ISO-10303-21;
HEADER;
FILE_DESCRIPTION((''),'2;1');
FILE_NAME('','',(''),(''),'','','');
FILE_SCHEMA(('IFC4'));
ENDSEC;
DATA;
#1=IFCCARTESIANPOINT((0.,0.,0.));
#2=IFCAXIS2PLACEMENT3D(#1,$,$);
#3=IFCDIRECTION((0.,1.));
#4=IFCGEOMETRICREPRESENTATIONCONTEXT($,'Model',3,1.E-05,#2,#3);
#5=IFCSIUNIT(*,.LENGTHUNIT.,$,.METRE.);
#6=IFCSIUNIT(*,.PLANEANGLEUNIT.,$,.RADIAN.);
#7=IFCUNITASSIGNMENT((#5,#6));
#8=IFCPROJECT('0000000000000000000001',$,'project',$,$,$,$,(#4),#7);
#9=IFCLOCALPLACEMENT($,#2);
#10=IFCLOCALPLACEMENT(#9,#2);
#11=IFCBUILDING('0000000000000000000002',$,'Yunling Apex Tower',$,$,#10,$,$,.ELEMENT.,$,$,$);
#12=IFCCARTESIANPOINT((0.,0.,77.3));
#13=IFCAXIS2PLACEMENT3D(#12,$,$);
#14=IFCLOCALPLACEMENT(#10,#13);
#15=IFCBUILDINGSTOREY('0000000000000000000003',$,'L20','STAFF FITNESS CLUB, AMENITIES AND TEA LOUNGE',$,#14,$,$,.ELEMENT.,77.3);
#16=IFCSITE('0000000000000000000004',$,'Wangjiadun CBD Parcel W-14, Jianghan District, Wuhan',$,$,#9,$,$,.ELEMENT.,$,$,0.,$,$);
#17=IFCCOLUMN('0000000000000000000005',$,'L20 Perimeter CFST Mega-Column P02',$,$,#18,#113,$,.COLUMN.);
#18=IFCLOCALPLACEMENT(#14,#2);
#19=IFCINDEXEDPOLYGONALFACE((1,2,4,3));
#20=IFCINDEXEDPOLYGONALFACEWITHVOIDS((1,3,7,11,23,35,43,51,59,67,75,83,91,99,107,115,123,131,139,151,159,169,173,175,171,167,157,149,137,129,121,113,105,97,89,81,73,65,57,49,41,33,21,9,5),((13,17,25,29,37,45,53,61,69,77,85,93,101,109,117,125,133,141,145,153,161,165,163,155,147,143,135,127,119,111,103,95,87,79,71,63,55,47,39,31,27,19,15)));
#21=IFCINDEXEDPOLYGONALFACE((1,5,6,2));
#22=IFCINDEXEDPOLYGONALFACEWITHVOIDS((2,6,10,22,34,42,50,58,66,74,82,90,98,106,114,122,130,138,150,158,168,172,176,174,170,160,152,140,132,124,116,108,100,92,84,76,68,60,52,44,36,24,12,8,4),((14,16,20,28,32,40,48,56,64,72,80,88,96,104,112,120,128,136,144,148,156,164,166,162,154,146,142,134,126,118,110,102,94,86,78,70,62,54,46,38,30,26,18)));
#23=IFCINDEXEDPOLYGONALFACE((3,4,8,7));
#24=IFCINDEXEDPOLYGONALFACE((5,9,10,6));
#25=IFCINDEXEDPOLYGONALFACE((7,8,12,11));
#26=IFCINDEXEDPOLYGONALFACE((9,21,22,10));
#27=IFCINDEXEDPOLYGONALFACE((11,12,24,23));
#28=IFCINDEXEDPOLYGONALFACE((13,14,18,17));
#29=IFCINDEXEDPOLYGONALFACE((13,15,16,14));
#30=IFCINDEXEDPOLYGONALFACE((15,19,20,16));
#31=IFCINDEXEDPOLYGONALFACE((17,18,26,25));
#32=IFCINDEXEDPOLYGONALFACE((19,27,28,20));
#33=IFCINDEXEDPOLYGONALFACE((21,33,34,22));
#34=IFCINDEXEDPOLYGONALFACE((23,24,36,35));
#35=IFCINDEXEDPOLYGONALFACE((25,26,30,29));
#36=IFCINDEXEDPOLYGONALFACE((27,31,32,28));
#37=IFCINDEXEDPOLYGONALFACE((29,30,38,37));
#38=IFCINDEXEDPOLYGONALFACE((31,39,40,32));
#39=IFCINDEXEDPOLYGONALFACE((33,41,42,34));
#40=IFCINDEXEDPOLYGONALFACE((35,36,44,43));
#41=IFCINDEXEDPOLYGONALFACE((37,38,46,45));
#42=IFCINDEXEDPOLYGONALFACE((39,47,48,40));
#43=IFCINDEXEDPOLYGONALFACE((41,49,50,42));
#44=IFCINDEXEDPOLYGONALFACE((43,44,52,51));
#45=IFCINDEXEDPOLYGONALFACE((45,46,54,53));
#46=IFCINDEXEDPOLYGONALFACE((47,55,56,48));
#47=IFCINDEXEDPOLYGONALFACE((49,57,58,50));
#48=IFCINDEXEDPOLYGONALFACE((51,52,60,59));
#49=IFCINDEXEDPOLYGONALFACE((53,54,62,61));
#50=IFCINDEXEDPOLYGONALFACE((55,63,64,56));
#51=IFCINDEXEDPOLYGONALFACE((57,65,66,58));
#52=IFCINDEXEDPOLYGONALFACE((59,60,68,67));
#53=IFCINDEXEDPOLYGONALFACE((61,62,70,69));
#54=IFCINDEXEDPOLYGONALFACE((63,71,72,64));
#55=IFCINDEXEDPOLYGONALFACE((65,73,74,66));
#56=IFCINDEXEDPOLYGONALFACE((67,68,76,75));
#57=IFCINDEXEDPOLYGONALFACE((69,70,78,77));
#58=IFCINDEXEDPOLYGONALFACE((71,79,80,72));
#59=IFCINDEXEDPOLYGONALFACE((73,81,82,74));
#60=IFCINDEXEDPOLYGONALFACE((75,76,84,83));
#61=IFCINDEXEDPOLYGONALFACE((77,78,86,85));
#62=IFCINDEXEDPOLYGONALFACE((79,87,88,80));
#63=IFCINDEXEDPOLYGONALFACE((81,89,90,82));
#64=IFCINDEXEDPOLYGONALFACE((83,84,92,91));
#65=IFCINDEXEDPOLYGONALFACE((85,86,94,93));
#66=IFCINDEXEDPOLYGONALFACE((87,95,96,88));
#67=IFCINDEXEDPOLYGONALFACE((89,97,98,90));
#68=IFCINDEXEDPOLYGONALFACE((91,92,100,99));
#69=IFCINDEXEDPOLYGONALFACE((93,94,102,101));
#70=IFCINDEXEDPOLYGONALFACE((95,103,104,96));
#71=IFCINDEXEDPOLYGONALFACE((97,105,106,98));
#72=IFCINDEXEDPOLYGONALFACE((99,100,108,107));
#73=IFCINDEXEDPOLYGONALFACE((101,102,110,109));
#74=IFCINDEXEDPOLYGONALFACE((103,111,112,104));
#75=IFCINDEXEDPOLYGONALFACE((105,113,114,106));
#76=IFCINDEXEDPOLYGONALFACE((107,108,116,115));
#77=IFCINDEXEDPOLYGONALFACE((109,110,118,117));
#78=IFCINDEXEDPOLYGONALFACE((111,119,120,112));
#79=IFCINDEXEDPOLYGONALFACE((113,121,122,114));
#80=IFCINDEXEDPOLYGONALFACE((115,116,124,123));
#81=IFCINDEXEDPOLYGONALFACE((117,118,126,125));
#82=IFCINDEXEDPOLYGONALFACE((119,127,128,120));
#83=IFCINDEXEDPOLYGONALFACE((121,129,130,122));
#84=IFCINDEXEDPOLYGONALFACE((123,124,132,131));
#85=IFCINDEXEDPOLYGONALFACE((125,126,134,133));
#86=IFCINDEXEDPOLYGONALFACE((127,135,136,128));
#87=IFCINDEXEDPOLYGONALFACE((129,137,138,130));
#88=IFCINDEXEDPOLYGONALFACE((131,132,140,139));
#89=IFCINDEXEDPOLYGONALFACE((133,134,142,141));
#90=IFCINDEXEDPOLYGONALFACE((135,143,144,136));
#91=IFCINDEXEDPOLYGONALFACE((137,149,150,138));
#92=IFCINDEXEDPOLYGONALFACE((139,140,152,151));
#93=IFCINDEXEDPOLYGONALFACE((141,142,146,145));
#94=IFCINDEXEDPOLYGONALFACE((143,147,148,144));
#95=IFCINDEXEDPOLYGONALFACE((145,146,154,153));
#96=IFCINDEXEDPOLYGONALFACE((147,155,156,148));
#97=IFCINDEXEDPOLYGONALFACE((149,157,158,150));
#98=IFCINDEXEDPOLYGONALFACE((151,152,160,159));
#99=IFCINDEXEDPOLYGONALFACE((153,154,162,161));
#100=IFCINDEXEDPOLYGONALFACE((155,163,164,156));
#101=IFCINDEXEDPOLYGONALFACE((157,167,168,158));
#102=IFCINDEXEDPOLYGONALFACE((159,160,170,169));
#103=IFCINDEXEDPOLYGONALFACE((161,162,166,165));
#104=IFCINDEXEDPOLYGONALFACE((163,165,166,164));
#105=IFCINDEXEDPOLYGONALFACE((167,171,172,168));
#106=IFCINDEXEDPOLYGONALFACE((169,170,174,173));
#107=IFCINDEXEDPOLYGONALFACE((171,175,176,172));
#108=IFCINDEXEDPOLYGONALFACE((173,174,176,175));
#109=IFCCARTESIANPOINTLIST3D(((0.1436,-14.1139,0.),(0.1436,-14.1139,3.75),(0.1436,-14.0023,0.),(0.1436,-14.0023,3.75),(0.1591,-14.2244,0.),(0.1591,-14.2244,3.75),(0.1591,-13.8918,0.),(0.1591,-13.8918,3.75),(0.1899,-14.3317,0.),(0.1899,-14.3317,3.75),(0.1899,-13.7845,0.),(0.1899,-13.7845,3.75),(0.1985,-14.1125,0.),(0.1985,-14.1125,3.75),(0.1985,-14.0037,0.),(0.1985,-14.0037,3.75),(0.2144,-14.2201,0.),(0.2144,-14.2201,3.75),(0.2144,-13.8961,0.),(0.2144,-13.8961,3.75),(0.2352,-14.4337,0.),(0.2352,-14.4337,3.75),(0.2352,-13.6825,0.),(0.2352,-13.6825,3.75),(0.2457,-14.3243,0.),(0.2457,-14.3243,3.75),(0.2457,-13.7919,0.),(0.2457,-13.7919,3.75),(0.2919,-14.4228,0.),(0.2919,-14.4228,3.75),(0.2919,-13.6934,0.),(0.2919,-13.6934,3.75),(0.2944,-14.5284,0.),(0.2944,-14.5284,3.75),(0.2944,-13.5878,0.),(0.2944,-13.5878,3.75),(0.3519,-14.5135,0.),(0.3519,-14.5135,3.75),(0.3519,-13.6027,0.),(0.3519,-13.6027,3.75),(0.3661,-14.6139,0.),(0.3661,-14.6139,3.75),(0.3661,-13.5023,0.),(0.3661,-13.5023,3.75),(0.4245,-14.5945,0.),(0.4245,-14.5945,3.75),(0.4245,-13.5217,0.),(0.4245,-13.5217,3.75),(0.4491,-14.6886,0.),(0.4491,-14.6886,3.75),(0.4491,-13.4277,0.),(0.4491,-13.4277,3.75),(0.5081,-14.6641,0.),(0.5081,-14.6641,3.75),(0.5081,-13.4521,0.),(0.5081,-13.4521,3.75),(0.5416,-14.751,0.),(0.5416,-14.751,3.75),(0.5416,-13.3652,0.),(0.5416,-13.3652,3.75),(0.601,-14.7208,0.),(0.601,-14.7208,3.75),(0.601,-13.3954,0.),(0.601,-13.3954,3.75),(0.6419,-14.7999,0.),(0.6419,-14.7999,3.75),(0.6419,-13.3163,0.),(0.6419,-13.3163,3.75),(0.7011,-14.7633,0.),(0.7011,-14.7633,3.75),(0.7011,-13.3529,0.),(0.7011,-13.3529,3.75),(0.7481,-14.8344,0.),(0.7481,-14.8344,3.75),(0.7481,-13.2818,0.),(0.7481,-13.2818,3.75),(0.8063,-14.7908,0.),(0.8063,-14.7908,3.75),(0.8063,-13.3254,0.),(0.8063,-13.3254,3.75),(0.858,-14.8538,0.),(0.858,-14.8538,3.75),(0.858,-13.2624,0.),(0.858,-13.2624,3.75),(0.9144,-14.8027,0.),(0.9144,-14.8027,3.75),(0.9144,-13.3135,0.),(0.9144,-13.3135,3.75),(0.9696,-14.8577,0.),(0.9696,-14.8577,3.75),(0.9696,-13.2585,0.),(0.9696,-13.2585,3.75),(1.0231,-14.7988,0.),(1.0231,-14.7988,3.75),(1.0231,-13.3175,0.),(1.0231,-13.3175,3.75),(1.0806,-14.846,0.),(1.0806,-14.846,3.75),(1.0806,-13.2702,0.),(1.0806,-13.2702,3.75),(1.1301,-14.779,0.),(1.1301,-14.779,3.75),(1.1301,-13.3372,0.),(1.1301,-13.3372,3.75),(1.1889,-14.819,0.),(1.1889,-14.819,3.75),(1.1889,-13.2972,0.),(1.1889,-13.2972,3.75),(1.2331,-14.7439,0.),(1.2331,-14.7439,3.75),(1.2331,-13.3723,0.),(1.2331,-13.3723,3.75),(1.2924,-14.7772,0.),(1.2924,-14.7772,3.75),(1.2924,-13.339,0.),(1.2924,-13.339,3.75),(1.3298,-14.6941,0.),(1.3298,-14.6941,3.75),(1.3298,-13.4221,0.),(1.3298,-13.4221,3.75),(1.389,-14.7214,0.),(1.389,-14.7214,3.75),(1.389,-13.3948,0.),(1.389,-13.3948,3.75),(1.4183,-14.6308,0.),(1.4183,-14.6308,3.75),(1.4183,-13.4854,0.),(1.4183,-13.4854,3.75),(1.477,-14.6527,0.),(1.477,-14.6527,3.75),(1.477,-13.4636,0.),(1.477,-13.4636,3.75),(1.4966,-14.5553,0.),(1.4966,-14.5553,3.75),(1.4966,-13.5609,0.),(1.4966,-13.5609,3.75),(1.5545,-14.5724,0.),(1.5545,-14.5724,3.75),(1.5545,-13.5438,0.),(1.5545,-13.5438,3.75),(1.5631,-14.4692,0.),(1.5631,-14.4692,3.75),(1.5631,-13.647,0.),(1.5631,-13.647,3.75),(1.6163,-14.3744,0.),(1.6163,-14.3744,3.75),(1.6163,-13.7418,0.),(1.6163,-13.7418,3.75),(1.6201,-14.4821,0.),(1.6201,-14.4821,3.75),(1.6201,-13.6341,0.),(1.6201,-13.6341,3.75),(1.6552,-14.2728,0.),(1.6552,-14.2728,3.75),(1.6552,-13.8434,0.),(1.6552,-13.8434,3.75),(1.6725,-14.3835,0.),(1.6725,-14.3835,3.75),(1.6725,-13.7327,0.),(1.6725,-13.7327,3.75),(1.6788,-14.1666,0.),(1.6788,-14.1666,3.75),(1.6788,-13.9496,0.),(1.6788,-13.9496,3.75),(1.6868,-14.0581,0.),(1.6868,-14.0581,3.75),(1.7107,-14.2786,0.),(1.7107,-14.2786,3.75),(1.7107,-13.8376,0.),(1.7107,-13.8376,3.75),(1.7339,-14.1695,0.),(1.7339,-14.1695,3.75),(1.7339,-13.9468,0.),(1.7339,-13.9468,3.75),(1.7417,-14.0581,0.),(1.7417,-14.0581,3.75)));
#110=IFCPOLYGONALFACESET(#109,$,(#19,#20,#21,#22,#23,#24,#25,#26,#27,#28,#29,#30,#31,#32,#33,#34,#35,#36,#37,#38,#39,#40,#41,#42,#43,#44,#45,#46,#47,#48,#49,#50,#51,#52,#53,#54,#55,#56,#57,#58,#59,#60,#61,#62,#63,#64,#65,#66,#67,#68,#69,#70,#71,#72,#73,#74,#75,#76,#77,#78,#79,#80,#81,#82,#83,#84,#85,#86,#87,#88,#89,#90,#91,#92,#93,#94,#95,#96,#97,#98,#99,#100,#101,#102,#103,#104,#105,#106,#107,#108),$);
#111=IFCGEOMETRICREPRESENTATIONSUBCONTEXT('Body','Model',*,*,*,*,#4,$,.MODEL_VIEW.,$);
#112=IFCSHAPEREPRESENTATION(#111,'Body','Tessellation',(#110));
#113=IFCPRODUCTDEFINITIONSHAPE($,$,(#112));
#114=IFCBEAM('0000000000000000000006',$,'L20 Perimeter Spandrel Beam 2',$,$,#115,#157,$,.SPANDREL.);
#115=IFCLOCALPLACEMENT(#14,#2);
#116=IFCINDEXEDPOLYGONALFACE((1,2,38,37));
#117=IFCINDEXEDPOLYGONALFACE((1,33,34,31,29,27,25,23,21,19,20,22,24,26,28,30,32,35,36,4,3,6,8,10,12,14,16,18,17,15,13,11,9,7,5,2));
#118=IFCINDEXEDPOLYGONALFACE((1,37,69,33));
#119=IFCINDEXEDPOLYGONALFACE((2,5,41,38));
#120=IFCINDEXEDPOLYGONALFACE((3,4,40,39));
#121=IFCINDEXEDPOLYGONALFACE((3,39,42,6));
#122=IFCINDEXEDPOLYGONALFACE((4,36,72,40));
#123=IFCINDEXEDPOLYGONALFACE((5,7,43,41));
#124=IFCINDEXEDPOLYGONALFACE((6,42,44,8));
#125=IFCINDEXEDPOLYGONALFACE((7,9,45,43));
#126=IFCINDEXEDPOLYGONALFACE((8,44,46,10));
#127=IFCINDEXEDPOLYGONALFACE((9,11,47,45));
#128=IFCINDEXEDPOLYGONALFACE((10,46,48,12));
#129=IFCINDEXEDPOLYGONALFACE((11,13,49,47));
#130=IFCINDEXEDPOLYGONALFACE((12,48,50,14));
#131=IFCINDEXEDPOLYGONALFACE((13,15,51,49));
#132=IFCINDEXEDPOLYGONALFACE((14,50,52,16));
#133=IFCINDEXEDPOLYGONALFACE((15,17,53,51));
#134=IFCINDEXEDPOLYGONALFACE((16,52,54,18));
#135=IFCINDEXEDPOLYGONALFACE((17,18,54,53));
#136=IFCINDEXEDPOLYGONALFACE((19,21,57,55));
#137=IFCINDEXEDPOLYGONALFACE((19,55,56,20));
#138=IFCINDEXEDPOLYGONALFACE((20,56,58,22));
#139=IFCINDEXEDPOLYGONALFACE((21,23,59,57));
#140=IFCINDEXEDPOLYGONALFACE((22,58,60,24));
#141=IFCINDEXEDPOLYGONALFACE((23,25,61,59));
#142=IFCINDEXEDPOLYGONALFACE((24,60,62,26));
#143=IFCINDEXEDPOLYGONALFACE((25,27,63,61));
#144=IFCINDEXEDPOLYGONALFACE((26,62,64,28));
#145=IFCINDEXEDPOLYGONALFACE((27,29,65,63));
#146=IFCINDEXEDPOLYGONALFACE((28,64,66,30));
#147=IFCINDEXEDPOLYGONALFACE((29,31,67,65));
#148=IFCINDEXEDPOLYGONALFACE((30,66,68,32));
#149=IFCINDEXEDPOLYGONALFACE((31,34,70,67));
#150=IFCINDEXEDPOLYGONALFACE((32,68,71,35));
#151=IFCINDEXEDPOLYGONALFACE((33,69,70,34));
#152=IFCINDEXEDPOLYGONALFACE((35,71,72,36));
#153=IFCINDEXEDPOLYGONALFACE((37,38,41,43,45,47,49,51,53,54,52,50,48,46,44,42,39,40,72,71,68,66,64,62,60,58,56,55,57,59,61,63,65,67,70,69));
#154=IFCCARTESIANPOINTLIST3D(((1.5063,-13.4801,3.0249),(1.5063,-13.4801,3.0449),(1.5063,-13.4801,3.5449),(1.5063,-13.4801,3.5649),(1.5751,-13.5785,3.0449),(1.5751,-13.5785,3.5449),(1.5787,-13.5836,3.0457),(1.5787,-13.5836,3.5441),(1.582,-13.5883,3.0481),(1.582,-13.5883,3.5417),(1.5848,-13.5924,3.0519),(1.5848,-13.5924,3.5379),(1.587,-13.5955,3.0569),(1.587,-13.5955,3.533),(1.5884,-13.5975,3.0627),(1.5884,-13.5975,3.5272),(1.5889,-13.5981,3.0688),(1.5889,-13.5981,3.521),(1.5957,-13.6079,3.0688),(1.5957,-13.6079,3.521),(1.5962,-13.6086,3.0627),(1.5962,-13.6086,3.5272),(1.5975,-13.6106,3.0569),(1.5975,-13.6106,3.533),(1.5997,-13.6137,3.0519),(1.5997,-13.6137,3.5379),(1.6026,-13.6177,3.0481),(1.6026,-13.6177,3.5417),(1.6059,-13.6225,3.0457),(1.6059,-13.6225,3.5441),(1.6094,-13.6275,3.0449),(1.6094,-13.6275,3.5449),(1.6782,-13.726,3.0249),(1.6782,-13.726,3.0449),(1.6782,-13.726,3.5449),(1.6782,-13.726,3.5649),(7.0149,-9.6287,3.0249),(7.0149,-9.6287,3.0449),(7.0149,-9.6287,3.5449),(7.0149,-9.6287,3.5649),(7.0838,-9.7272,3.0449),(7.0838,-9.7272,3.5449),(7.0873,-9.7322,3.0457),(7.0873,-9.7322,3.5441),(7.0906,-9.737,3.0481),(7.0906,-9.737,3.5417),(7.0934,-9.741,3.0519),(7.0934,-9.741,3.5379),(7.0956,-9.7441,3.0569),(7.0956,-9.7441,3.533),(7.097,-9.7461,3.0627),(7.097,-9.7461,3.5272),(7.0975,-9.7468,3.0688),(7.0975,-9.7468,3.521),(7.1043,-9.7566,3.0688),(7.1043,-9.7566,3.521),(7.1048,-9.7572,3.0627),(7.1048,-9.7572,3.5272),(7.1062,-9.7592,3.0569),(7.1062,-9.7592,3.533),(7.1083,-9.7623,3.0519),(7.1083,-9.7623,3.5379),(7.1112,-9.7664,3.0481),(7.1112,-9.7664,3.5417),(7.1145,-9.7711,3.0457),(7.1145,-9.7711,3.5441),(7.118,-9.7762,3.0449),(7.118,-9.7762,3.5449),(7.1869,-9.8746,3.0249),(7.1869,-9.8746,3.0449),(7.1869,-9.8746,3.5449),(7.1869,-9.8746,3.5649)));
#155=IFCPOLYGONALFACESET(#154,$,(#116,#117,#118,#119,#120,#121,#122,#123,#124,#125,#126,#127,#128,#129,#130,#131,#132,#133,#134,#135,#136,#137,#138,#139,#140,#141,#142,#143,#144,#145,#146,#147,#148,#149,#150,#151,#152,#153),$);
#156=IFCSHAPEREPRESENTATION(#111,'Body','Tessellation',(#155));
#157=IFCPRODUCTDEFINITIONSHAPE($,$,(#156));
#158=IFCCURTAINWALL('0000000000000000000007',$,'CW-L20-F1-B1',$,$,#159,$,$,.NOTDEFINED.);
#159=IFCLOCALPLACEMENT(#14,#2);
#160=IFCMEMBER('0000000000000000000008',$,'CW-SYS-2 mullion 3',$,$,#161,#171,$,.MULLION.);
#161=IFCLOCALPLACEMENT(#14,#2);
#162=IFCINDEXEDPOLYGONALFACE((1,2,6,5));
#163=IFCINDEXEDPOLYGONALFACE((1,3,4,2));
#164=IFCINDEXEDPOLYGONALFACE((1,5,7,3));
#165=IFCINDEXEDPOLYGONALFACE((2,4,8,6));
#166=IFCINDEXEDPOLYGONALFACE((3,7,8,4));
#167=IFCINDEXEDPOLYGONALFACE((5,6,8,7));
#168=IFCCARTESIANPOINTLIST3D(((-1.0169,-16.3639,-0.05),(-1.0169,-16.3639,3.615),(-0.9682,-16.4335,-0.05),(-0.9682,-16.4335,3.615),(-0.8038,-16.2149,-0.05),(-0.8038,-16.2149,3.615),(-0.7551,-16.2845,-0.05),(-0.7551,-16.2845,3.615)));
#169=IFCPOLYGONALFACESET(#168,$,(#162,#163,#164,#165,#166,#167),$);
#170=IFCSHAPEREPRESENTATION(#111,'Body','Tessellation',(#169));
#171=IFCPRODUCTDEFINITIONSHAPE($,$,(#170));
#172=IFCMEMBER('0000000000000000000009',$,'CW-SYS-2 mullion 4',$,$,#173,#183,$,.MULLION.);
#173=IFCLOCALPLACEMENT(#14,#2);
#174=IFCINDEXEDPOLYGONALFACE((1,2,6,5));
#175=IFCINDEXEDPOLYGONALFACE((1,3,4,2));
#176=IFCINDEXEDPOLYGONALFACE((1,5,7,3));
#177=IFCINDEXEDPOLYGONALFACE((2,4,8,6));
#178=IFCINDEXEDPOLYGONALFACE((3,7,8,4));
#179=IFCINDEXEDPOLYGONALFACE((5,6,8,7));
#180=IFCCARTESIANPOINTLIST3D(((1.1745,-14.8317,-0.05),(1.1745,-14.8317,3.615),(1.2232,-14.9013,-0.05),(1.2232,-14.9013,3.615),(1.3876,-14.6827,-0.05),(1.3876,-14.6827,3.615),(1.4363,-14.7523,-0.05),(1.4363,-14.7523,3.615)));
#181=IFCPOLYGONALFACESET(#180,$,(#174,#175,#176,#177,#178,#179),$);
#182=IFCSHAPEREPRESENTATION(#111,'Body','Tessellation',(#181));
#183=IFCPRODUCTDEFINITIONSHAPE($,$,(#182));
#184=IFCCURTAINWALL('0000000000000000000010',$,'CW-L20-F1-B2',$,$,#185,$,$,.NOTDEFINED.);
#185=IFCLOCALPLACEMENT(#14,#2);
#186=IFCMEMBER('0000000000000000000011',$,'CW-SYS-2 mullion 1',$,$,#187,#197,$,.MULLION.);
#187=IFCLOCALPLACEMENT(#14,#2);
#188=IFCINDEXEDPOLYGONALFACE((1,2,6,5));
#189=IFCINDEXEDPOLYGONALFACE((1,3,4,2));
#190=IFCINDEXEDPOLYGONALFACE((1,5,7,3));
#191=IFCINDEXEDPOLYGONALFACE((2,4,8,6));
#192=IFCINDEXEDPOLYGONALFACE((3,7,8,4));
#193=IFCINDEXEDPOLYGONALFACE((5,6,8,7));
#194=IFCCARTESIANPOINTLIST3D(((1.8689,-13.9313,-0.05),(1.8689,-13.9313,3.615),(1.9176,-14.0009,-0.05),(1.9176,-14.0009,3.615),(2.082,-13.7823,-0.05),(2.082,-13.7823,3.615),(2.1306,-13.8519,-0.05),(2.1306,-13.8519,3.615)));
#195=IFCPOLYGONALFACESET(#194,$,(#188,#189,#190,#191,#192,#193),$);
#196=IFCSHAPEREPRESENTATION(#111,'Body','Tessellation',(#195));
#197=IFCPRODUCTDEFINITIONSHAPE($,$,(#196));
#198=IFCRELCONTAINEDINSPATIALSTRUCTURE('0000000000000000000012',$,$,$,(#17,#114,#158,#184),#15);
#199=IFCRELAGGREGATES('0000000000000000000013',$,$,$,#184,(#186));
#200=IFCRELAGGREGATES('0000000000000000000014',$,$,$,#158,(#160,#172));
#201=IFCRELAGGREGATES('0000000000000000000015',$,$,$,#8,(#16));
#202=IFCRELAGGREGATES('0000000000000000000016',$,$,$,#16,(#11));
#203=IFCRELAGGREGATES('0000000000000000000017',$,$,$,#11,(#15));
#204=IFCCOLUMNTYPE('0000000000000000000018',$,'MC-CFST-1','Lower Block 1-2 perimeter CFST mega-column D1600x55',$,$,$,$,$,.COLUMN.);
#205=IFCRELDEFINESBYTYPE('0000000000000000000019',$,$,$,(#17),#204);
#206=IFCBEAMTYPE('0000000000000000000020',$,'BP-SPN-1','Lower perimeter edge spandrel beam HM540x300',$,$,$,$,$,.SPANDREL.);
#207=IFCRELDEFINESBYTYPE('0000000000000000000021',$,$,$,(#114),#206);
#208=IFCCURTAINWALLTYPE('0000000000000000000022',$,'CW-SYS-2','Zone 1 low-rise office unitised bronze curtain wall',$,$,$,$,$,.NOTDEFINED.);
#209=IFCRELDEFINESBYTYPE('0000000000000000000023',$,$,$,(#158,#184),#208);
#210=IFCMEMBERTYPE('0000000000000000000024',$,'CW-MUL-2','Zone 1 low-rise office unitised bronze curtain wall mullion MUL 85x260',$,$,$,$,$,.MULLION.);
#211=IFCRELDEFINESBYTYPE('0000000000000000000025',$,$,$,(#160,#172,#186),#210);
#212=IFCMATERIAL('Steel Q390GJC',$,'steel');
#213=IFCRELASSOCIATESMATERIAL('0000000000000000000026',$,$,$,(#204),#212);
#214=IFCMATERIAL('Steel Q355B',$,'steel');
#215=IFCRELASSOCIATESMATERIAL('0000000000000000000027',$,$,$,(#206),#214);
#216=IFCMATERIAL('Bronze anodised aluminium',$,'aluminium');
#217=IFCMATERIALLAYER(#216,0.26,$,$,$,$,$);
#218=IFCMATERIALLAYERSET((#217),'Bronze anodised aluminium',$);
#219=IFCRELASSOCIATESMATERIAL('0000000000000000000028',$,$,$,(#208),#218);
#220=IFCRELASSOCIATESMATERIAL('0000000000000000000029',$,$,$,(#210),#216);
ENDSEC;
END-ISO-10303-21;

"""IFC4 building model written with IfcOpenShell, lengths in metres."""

from ifc_helpers import new_model, si_unit, direction, frame, origin, origin_2d, place, context, subcontext, project, spatial, rectangle, hollow_circle, i_section, extrude, source, transform, mapped, material, layer, layer_set, material_profile, profile_set, type_object, element, aggregate, save


model = new_model("IFC4")

# Units and contexts
model_context = context("Model", 3, precision=1e-05, world=origin(), true_north=direction((0.0, 1.0)))
body_context = subcontext(model_context, "Body", "Model", "MODEL_VIEW")
ifc_project = project(units=[si_unit("LENGTHUNIT", "METRE"), si_unit("PLANEANGLEUNIT", "RADIAN")], contexts=[model_context])

# Site, building, storey
site_placement = place(None, origin())
site = spatial("IfcSite", under=ifc_project, at=site_placement, Name="Wangjiadun CBD Parcel W-14, Jianghan District, Wuhan", CompositionType="ELEMENT", RefElevation=0.0)
building_placement = place(site_placement, origin())
building = spatial("IfcBuilding", under=site, at=building_placement, Name="Yunling Apex Tower", CompositionType="ELEMENT")
storey_placement = place(building_placement, frame((0.0, 0.0, 77.3)))
storey = spatial("IfcBuildingStorey", under=building, at=storey_placement, Name="L20", Description="STAFF FITNESS CLUB, AMENITIES AND TEA LOUNGE", CompositionType="ELEMENT", Elevation=77.3)

# Column
ifc_material_1 = material(Name="Steel Q390GJC", Category="steel")
ifc_material_profile_1 = material_profile(ifc_material_1, hollow_circle(Radius=0.8, WallThickness=0.0549, at=origin_2d()))
ifc_profile_set_1 = profile_set([ifc_material_profile_1], Name="Steel Q390GJC")
column_type = type_object("IfcColumnType", Name="MC-CFST-1", Description="Lower Block 1-2 perimeter CFST mega-column D1600x55", PredefinedType="COLUMN", material=ifc_profile_set_1)
shared_shape_1 = source(origin(), body_context, "Body", "SweptSolid", [
    extrude(hollow_circle(Radius=0.8, WallThickness=0.0549, at=origin_2d()), origin(), (0.0, 0.0, 1.0), 3.75),
])
column_placement = place(storey_placement, frame((0.9417, -14.0581, 0.0), z_axis=(0.0, 0.0, 1.0), x_axis=(1.0, 0.0, 0.0)))
element("IfcColumn", 1, at=column_placement, inside=storey, type_object=column_type, Name="L20 Perimeter CFST Mega-Column P02", PredefinedType="COLUMN", context=body_context, shape_type="MappedRepresentation", body=[
    mapped(shared_shape_1, transform((0.0, 0.0, 0.0), scale=1.0)),
])

# Beam
ifc_material_2 = material(Name="Steel Q355B", Category="steel")
ifc_material_profile_2 = material_profile(ifc_material_2, i_section(OverallWidth=0.3, OverallDepth=0.54, WebThickness=0.012, FlangeThickness=0.02, FilletRadius=0.0239, at=origin_2d()))
ifc_profile_set_2 = profile_set([ifc_material_profile_2], Name="Steel Q355B")
beam_type = type_object("IfcBeamType", Name="BP-SPN-1", Description="Lower perimeter edge spandrel beam HM540x300", PredefinedType="SPANDREL", material=ifc_profile_set_2)
shared_shape_2 = source(origin(), body_context, "Body", "SweptSolid", [
    extrude(i_section(OverallWidth=0.3, OverallDepth=0.54, WebThickness=0.012, FlangeThickness=0.02, FilletRadius=0.0239, at=origin_2d()), origin(), (0.0, 0.0, 1.0), 6.7214),
])
beam_placement = place(storey_placement, frame((1.5923, -13.603, 3.2949), z_axis=(0.819558, 0.572997, 0.0), x_axis=(-0.572997, 0.819558, 0.0)))
element("IfcBeam", 2, at=beam_placement, inside=storey, type_object=beam_type, Name="L20 Perimeter Spandrel Beam 2", PredefinedType="SPANDREL", context=body_context, shape_type="MappedRepresentation", body=[
    mapped(shared_shape_2, transform((0.0, 0.0, 0.0), scale=1.0)),
])

# Curtain wall, members
ifc_material_3 = material(Name="Bronze anodised aluminium", Category="aluminium")
ifc_layer_1 = layer(ifc_material_3, 0.26)
ifc_layer_set_1 = layer_set([ifc_layer_1], Name="Bronze anodised aluminium")
curtain_wall_type = type_object("IfcCurtainWallType", Name="CW-SYS-2", Description="Zone 1 low-rise office unitised bronze curtain wall", PredefinedType="NOTDEFINED", material=ifc_layer_set_1)
curtain_wall_1_placement = place(storey_placement, origin())
curtain_wall_1 = element("IfcCurtainWall", 3, at=curtain_wall_1_placement, inside=storey, type_object=curtain_wall_type, Name="CW-L20-F1-B1", PredefinedType="NOTDEFINED")
ifc_material_profile_3 = material_profile(ifc_material_3, rectangle(XDim=0.085, YDim=0.26, at=origin_2d()))
ifc_profile_set_3 = profile_set([ifc_material_profile_3], Name="Bronze anodised aluminium")
member_type_1 = type_object("IfcMemberType", Name="CW-MUL-2", Description="Zone 1 low-rise office unitised bronze curtain wall mullion MUL 85x260", PredefinedType="MULLION", material=ifc_profile_set_3)
shared_shape_3 = source(origin(), body_context, "Body", "SweptSolid", [
    extrude(rectangle(XDim=0.085, YDim=0.26, at=origin_2d()), origin(), (0.0, 0.0, 1.0), 3.665),
])
member_1_placement = place(storey_placement, frame((-0.886, -16.3242, -0.05), z_axis=(0.0, 0.0, 1.0), x_axis=(-0.573004, 0.819552, 0.0)))
member_1 = element("IfcMember", 4, at=member_1_placement, type_object=member_type_1, Name="CW-SYS-2 mullion 3", PredefinedType="MULLION", context=body_context, shape_type="MappedRepresentation", body=[
    mapped(shared_shape_3, transform((0.0, 0.0, 0.0), scale=1.0)),
])
member_2_placement = place(storey_placement, frame((1.3054, -14.792, -0.05), z_axis=(0.0, 0.0, 1.0), x_axis=(-0.573004, 0.819552, 0.0)))
member_2 = element("IfcMember", 5, at=member_2_placement, type_object=member_type_1, Name="CW-SYS-2 mullion 4", PredefinedType="MULLION", context=body_context, shape_type="MappedRepresentation", body=[
    mapped(shared_shape_3, transform((0.0, 0.0, 0.0), scale=1.0)),
])

# Curtain wall, member
curtain_wall_2_placement = place(storey_placement, origin())
curtain_wall_2 = element("IfcCurtainWall", 6, at=curtain_wall_2_placement, inside=storey, type_object=curtain_wall_type, Name="CW-L20-F1-B2", PredefinedType="NOTDEFINED")
member_3_placement = place(storey_placement, frame((1.9998, -13.8916, -0.05), z_axis=(0.0, 0.0, 1.0), x_axis=(-0.573003, 0.819553, 0.0)))
member_3 = element("IfcMember", 7, at=member_3_placement, type_object=member_type_1, Name="CW-SYS-2 mullion 1", PredefinedType="MULLION", context=body_context, shape_type="MappedRepresentation", body=[
    mapped(shared_shape_3, transform((0.0, 0.0, 0.0), scale=1.0)),
])

aggregate(curtain_wall_2, [member_3])

aggregate(curtain_wall_1, [member_1, member_2])

save(model, "model.ifc")
